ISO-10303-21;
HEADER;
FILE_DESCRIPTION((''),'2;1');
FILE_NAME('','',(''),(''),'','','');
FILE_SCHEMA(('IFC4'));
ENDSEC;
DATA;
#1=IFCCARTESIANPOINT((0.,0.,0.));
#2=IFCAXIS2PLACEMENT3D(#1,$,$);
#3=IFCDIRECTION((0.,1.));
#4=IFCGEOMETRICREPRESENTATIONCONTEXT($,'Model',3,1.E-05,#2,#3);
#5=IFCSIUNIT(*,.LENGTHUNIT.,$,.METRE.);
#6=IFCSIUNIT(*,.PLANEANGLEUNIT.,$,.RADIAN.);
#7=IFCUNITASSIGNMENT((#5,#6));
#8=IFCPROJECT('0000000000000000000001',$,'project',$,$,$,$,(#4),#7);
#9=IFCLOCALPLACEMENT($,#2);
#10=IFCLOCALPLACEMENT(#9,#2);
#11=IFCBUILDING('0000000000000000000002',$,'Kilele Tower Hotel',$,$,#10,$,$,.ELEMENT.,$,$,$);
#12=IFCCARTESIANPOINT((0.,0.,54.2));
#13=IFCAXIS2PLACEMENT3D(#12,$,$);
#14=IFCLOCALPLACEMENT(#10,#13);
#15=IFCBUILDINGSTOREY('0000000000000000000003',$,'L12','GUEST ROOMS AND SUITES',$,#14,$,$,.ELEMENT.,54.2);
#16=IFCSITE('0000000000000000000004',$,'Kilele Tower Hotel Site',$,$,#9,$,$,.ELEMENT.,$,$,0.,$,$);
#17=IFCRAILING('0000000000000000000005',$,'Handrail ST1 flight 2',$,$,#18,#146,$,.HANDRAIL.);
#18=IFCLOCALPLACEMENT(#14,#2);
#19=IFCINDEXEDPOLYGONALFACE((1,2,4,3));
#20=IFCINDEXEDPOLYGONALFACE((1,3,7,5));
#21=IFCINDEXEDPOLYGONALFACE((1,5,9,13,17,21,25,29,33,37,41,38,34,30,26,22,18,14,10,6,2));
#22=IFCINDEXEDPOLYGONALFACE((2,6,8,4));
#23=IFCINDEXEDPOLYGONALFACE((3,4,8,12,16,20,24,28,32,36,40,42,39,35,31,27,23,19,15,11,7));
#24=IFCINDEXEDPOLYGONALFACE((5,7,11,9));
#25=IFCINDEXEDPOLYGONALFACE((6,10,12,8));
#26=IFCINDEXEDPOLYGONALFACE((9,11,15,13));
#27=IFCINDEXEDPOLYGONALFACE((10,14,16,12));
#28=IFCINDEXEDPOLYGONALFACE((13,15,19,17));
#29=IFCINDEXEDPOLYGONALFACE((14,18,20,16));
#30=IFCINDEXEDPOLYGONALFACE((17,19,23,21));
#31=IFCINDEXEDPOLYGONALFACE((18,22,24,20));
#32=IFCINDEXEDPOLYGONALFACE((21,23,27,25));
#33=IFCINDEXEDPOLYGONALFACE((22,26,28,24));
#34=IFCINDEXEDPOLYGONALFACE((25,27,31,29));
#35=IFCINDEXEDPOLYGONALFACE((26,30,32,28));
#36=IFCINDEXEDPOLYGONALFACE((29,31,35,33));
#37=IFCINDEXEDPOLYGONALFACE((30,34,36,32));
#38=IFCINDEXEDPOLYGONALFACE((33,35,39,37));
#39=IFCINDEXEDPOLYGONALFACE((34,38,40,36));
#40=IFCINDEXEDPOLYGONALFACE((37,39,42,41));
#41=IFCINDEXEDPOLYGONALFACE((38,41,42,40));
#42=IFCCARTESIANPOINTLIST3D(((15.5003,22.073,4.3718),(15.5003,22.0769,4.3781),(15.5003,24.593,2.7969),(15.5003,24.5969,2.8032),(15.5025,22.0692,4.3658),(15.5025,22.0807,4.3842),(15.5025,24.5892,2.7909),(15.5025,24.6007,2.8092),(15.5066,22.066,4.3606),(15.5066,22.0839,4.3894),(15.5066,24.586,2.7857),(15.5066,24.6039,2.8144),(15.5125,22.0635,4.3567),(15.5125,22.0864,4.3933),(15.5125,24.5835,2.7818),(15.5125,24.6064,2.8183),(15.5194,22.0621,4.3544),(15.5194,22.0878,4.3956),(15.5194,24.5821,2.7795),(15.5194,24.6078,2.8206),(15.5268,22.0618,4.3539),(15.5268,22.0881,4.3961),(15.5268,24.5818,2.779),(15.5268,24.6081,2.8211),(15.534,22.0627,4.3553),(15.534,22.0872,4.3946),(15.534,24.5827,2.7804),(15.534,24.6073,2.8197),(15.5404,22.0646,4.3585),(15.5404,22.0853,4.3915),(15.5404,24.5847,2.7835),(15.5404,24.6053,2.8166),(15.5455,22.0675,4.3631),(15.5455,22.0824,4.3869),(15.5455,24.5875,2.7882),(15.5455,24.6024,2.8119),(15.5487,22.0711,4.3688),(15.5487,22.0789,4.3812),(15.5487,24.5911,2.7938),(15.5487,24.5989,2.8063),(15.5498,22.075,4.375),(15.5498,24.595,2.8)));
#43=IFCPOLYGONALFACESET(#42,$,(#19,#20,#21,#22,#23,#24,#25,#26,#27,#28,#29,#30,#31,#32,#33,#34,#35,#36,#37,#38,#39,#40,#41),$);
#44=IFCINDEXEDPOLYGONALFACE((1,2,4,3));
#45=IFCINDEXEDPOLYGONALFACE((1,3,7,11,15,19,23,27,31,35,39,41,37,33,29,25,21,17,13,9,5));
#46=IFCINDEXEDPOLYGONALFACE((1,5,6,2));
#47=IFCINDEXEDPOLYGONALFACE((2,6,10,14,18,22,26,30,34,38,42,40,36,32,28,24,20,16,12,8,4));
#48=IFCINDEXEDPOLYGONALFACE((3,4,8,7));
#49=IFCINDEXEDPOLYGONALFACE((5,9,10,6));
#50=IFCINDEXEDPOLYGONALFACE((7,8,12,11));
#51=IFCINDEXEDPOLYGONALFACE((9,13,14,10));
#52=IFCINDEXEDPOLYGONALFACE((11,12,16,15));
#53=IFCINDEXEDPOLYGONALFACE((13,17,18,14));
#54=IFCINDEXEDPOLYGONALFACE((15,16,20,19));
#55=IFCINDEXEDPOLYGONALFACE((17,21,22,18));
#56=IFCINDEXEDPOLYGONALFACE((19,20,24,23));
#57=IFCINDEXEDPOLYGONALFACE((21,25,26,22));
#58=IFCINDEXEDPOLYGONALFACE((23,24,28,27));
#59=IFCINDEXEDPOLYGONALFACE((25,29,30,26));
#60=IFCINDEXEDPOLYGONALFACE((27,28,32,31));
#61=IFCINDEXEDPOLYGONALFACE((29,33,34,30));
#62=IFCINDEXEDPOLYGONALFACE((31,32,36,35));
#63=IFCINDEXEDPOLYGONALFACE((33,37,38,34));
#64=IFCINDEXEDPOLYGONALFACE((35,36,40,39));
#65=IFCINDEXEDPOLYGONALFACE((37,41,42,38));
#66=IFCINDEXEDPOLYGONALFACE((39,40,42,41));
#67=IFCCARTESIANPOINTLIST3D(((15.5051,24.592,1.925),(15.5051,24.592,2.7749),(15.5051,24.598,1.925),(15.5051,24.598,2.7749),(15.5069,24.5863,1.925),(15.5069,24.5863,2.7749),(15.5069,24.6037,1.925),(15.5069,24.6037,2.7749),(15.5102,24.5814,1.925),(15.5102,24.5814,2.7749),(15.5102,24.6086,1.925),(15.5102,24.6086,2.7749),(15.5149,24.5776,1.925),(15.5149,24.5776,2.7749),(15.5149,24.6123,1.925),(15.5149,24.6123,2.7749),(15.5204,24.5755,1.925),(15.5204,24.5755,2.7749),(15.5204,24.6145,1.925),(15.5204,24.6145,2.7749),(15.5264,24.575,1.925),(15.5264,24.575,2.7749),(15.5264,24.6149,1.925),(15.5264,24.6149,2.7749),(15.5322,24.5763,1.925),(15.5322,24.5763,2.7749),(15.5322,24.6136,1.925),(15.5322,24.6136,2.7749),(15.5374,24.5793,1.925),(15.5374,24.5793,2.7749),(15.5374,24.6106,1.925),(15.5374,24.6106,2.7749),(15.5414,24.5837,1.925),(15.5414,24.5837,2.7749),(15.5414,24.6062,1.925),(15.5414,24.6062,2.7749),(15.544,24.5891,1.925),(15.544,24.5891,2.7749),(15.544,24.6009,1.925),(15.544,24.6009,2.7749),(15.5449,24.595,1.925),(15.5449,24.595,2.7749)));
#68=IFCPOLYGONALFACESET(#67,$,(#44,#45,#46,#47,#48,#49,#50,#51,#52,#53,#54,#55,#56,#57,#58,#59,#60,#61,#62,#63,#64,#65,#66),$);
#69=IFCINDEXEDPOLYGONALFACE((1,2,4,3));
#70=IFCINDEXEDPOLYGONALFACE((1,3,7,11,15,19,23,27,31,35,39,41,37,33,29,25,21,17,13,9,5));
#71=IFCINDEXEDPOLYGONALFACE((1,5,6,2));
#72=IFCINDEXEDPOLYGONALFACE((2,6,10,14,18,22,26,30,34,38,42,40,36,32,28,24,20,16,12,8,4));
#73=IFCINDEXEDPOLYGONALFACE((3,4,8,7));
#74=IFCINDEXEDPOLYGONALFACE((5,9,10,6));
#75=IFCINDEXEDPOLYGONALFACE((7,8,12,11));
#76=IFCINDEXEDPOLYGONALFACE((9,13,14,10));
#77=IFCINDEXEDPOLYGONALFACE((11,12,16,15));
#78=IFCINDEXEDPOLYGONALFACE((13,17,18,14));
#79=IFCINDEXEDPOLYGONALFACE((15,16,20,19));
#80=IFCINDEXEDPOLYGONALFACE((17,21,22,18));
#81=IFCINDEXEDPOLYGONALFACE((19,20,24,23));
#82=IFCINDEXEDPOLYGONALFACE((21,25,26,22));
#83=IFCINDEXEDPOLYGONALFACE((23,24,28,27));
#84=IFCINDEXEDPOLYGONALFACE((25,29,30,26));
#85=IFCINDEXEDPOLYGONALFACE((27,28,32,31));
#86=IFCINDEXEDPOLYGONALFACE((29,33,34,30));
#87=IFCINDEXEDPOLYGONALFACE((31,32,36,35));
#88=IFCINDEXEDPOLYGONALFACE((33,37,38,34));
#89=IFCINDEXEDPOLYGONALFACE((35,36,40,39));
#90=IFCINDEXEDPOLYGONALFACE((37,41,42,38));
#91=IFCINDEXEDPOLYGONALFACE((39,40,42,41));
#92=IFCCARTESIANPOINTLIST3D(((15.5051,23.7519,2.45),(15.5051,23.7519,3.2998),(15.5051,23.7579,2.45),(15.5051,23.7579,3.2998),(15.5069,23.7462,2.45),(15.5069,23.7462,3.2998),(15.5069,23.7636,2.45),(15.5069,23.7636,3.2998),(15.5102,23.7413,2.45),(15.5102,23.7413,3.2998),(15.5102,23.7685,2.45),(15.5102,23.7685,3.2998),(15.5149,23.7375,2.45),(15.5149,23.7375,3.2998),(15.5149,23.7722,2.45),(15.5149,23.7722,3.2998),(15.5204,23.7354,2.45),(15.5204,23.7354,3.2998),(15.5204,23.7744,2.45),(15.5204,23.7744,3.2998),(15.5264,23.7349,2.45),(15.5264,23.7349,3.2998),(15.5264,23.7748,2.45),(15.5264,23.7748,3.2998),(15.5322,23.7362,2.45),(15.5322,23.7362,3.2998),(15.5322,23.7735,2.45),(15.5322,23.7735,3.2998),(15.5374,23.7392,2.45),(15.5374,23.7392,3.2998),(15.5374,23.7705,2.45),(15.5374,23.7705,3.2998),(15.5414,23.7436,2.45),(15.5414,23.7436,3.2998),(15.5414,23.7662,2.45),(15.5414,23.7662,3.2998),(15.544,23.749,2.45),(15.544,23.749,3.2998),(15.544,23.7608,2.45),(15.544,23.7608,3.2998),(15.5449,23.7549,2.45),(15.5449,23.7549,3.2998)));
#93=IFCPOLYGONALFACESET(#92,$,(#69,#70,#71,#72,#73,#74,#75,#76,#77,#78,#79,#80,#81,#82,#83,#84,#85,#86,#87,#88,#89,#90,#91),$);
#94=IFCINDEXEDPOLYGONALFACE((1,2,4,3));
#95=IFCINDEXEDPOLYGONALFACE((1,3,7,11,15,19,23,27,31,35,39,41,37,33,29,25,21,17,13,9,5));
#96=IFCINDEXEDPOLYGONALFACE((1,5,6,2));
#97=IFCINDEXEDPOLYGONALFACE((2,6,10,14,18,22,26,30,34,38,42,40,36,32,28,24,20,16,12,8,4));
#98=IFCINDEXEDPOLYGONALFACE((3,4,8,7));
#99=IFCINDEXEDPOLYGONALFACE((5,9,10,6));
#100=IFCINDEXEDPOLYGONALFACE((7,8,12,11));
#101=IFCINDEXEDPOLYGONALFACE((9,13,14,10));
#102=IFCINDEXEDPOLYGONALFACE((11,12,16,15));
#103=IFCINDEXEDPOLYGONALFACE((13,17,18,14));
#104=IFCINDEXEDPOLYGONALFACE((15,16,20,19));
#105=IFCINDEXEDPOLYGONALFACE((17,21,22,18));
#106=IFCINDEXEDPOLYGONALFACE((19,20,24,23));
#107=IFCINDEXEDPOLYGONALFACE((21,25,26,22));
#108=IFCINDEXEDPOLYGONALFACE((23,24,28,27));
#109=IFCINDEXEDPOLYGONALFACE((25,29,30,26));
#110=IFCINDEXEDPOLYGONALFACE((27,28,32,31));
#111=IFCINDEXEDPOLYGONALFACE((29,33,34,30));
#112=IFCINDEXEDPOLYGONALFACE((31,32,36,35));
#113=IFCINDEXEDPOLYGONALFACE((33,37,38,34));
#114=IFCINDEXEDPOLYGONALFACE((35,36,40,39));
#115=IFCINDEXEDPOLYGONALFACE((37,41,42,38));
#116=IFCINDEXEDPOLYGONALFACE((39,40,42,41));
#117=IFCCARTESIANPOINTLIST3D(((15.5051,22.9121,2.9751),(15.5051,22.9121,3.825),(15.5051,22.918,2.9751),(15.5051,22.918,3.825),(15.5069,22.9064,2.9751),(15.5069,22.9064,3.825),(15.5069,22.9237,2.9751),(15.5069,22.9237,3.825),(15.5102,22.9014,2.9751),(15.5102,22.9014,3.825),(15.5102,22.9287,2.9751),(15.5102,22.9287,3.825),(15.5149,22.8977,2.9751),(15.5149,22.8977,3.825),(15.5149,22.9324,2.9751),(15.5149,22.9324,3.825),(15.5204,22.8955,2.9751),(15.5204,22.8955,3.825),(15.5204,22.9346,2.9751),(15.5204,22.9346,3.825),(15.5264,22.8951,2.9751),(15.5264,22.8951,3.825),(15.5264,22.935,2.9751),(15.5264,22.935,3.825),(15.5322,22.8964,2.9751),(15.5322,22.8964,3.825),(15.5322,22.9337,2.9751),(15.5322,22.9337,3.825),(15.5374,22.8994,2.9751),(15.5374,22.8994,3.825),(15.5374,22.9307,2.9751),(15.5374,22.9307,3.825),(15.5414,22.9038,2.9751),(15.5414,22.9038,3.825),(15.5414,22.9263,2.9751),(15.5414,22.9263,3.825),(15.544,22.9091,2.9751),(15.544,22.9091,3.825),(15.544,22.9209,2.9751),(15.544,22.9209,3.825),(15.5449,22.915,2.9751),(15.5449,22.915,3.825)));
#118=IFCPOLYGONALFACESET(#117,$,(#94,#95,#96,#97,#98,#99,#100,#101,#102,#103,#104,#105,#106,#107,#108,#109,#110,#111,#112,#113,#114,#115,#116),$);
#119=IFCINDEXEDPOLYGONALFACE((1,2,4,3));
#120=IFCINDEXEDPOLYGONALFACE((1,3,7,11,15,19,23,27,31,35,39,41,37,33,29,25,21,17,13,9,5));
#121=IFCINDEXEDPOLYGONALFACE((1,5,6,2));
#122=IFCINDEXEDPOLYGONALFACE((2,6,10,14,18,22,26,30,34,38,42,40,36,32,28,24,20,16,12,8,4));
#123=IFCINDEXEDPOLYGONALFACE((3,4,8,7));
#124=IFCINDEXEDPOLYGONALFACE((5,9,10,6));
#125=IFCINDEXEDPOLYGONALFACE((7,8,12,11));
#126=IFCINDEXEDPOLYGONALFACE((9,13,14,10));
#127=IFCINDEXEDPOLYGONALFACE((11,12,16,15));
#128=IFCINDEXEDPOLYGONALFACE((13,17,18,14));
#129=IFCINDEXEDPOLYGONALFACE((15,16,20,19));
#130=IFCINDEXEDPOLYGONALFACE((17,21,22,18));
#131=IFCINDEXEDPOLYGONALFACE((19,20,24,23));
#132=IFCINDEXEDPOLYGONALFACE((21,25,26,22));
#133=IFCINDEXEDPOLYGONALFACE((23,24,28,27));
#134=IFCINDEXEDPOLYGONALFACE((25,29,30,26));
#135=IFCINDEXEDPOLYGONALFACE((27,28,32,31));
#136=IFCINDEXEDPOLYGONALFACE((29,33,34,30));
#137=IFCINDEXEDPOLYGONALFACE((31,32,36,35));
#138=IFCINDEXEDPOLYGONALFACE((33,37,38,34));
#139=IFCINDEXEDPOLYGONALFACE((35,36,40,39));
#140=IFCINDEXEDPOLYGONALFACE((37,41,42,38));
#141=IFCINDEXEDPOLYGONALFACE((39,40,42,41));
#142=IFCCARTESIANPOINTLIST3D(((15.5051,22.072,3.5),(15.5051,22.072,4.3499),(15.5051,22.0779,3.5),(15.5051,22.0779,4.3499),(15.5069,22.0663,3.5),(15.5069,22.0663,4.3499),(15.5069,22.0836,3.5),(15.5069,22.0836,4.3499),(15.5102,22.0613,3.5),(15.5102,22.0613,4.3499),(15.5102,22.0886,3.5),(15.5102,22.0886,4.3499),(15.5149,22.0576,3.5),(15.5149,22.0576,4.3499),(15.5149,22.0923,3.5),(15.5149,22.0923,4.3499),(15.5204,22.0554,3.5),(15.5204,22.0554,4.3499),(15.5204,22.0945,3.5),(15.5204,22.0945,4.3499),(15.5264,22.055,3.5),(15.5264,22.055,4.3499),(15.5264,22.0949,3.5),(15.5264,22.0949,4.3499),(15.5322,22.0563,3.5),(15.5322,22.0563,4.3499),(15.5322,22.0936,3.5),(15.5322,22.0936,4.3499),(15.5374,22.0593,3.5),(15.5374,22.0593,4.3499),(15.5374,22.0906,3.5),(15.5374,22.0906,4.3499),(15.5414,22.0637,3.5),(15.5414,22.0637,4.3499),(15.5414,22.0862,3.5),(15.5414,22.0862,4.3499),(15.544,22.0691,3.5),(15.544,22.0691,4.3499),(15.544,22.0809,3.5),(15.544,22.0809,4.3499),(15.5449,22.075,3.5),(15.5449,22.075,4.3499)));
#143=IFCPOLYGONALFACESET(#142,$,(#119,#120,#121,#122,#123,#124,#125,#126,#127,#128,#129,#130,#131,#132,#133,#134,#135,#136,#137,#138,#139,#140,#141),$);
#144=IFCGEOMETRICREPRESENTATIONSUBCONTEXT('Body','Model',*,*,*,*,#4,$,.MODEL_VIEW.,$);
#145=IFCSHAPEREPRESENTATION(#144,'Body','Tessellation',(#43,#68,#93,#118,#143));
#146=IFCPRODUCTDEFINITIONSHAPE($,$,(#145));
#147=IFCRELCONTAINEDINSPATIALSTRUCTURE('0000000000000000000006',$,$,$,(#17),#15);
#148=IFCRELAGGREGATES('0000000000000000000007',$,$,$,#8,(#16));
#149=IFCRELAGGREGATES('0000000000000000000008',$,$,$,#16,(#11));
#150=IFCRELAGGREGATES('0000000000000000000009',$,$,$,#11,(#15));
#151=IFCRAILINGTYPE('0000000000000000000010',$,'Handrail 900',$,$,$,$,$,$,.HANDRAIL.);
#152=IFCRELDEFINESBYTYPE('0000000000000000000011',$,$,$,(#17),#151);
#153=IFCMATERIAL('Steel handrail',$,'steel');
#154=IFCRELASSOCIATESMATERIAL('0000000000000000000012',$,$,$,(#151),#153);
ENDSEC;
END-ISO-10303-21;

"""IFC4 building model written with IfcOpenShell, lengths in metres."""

from ifc_helpers import new_model, si_unit, direction, frame, origin, origin_2d, place, context, subcontext, project, spatial, circle, extrude, material, type_object, element, save


model = new_model("IFC4")

# Units and contexts
model_context = context("Model", 3, precision=1e-05, world=origin(), true_north=direction((0.0, 1.0)))
body_context = subcontext(model_context, "Body", "Model", "MODEL_VIEW")
ifc_project = project(units=[si_unit("LENGTHUNIT", "METRE"), si_unit("PLANEANGLEUNIT", "RADIAN")], contexts=[model_context])

# Site, building, storey
site_placement = place(None, origin())
site = spatial("IfcSite", under=ifc_project, at=site_placement, Name="Kilele Tower Hotel Site", CompositionType="ELEMENT", RefElevation=0.0)
building_placement = place(site_placement, origin())
building = spatial("IfcBuilding", under=site, at=building_placement, Name="Kilele Tower Hotel", CompositionType="ELEMENT")
storey_placement = place(building_placement, frame((0.0, 0.0, 54.2)))
storey = spatial("IfcBuildingStorey", under=building, at=storey_placement, Name="L12", Description="GUEST ROOMS AND SUITES", CompositionType="ELEMENT", Elevation=54.2)

# Railing
ifc_material_1 = material(Name="Steel handrail", Category="steel")
railing_type_1 = type_object("IfcRailingType", Name="Handrail 900", PredefinedType="HANDRAIL", material=ifc_material_1)
for number, where, name in (
    (1, (15.5249, 24.595, 1.925), "Handrail ST1 flight 2"),
):
    element("IfcRailing", number, at=place(storey_placement, frame(where)), inside=storey, type_object=railing_type_1, Name=name, PredefinedType="HANDRAIL", context=body_context, shape_type="SweptSolid", body=[
        extrude(circle(Radius=0.0249, at=origin_2d()), frame((0.0, 0.0, 0.875), z_axis=(0.0, -0.848008, 0.529984), x_axis=(1.0, 0.0, 0.0)), (0.0, 0.0, 1.0), 2.9717),
        extrude(circle(Radius=0.02, at=origin_2d()), origin(), (0.0, 0.0, 1.0), 0.8499),
        extrude(circle(Radius=0.02, at=origin_2d()), frame((0.0, -0.8401, 0.5249)), (0.0, 0.0, 1.0), 0.8499),
        extrude(circle(Radius=0.02, at=origin_2d()), frame((0.0, -1.6799, 1.05)), (0.0, 0.0, 1.0), 0.8499),
        extrude(circle(Radius=0.02, at=origin_2d()), frame((0.0, -2.52, 1.575)), (0.0, 0.0, 1.0), 0.8499),
    ])

save(model, "model.ifc")
